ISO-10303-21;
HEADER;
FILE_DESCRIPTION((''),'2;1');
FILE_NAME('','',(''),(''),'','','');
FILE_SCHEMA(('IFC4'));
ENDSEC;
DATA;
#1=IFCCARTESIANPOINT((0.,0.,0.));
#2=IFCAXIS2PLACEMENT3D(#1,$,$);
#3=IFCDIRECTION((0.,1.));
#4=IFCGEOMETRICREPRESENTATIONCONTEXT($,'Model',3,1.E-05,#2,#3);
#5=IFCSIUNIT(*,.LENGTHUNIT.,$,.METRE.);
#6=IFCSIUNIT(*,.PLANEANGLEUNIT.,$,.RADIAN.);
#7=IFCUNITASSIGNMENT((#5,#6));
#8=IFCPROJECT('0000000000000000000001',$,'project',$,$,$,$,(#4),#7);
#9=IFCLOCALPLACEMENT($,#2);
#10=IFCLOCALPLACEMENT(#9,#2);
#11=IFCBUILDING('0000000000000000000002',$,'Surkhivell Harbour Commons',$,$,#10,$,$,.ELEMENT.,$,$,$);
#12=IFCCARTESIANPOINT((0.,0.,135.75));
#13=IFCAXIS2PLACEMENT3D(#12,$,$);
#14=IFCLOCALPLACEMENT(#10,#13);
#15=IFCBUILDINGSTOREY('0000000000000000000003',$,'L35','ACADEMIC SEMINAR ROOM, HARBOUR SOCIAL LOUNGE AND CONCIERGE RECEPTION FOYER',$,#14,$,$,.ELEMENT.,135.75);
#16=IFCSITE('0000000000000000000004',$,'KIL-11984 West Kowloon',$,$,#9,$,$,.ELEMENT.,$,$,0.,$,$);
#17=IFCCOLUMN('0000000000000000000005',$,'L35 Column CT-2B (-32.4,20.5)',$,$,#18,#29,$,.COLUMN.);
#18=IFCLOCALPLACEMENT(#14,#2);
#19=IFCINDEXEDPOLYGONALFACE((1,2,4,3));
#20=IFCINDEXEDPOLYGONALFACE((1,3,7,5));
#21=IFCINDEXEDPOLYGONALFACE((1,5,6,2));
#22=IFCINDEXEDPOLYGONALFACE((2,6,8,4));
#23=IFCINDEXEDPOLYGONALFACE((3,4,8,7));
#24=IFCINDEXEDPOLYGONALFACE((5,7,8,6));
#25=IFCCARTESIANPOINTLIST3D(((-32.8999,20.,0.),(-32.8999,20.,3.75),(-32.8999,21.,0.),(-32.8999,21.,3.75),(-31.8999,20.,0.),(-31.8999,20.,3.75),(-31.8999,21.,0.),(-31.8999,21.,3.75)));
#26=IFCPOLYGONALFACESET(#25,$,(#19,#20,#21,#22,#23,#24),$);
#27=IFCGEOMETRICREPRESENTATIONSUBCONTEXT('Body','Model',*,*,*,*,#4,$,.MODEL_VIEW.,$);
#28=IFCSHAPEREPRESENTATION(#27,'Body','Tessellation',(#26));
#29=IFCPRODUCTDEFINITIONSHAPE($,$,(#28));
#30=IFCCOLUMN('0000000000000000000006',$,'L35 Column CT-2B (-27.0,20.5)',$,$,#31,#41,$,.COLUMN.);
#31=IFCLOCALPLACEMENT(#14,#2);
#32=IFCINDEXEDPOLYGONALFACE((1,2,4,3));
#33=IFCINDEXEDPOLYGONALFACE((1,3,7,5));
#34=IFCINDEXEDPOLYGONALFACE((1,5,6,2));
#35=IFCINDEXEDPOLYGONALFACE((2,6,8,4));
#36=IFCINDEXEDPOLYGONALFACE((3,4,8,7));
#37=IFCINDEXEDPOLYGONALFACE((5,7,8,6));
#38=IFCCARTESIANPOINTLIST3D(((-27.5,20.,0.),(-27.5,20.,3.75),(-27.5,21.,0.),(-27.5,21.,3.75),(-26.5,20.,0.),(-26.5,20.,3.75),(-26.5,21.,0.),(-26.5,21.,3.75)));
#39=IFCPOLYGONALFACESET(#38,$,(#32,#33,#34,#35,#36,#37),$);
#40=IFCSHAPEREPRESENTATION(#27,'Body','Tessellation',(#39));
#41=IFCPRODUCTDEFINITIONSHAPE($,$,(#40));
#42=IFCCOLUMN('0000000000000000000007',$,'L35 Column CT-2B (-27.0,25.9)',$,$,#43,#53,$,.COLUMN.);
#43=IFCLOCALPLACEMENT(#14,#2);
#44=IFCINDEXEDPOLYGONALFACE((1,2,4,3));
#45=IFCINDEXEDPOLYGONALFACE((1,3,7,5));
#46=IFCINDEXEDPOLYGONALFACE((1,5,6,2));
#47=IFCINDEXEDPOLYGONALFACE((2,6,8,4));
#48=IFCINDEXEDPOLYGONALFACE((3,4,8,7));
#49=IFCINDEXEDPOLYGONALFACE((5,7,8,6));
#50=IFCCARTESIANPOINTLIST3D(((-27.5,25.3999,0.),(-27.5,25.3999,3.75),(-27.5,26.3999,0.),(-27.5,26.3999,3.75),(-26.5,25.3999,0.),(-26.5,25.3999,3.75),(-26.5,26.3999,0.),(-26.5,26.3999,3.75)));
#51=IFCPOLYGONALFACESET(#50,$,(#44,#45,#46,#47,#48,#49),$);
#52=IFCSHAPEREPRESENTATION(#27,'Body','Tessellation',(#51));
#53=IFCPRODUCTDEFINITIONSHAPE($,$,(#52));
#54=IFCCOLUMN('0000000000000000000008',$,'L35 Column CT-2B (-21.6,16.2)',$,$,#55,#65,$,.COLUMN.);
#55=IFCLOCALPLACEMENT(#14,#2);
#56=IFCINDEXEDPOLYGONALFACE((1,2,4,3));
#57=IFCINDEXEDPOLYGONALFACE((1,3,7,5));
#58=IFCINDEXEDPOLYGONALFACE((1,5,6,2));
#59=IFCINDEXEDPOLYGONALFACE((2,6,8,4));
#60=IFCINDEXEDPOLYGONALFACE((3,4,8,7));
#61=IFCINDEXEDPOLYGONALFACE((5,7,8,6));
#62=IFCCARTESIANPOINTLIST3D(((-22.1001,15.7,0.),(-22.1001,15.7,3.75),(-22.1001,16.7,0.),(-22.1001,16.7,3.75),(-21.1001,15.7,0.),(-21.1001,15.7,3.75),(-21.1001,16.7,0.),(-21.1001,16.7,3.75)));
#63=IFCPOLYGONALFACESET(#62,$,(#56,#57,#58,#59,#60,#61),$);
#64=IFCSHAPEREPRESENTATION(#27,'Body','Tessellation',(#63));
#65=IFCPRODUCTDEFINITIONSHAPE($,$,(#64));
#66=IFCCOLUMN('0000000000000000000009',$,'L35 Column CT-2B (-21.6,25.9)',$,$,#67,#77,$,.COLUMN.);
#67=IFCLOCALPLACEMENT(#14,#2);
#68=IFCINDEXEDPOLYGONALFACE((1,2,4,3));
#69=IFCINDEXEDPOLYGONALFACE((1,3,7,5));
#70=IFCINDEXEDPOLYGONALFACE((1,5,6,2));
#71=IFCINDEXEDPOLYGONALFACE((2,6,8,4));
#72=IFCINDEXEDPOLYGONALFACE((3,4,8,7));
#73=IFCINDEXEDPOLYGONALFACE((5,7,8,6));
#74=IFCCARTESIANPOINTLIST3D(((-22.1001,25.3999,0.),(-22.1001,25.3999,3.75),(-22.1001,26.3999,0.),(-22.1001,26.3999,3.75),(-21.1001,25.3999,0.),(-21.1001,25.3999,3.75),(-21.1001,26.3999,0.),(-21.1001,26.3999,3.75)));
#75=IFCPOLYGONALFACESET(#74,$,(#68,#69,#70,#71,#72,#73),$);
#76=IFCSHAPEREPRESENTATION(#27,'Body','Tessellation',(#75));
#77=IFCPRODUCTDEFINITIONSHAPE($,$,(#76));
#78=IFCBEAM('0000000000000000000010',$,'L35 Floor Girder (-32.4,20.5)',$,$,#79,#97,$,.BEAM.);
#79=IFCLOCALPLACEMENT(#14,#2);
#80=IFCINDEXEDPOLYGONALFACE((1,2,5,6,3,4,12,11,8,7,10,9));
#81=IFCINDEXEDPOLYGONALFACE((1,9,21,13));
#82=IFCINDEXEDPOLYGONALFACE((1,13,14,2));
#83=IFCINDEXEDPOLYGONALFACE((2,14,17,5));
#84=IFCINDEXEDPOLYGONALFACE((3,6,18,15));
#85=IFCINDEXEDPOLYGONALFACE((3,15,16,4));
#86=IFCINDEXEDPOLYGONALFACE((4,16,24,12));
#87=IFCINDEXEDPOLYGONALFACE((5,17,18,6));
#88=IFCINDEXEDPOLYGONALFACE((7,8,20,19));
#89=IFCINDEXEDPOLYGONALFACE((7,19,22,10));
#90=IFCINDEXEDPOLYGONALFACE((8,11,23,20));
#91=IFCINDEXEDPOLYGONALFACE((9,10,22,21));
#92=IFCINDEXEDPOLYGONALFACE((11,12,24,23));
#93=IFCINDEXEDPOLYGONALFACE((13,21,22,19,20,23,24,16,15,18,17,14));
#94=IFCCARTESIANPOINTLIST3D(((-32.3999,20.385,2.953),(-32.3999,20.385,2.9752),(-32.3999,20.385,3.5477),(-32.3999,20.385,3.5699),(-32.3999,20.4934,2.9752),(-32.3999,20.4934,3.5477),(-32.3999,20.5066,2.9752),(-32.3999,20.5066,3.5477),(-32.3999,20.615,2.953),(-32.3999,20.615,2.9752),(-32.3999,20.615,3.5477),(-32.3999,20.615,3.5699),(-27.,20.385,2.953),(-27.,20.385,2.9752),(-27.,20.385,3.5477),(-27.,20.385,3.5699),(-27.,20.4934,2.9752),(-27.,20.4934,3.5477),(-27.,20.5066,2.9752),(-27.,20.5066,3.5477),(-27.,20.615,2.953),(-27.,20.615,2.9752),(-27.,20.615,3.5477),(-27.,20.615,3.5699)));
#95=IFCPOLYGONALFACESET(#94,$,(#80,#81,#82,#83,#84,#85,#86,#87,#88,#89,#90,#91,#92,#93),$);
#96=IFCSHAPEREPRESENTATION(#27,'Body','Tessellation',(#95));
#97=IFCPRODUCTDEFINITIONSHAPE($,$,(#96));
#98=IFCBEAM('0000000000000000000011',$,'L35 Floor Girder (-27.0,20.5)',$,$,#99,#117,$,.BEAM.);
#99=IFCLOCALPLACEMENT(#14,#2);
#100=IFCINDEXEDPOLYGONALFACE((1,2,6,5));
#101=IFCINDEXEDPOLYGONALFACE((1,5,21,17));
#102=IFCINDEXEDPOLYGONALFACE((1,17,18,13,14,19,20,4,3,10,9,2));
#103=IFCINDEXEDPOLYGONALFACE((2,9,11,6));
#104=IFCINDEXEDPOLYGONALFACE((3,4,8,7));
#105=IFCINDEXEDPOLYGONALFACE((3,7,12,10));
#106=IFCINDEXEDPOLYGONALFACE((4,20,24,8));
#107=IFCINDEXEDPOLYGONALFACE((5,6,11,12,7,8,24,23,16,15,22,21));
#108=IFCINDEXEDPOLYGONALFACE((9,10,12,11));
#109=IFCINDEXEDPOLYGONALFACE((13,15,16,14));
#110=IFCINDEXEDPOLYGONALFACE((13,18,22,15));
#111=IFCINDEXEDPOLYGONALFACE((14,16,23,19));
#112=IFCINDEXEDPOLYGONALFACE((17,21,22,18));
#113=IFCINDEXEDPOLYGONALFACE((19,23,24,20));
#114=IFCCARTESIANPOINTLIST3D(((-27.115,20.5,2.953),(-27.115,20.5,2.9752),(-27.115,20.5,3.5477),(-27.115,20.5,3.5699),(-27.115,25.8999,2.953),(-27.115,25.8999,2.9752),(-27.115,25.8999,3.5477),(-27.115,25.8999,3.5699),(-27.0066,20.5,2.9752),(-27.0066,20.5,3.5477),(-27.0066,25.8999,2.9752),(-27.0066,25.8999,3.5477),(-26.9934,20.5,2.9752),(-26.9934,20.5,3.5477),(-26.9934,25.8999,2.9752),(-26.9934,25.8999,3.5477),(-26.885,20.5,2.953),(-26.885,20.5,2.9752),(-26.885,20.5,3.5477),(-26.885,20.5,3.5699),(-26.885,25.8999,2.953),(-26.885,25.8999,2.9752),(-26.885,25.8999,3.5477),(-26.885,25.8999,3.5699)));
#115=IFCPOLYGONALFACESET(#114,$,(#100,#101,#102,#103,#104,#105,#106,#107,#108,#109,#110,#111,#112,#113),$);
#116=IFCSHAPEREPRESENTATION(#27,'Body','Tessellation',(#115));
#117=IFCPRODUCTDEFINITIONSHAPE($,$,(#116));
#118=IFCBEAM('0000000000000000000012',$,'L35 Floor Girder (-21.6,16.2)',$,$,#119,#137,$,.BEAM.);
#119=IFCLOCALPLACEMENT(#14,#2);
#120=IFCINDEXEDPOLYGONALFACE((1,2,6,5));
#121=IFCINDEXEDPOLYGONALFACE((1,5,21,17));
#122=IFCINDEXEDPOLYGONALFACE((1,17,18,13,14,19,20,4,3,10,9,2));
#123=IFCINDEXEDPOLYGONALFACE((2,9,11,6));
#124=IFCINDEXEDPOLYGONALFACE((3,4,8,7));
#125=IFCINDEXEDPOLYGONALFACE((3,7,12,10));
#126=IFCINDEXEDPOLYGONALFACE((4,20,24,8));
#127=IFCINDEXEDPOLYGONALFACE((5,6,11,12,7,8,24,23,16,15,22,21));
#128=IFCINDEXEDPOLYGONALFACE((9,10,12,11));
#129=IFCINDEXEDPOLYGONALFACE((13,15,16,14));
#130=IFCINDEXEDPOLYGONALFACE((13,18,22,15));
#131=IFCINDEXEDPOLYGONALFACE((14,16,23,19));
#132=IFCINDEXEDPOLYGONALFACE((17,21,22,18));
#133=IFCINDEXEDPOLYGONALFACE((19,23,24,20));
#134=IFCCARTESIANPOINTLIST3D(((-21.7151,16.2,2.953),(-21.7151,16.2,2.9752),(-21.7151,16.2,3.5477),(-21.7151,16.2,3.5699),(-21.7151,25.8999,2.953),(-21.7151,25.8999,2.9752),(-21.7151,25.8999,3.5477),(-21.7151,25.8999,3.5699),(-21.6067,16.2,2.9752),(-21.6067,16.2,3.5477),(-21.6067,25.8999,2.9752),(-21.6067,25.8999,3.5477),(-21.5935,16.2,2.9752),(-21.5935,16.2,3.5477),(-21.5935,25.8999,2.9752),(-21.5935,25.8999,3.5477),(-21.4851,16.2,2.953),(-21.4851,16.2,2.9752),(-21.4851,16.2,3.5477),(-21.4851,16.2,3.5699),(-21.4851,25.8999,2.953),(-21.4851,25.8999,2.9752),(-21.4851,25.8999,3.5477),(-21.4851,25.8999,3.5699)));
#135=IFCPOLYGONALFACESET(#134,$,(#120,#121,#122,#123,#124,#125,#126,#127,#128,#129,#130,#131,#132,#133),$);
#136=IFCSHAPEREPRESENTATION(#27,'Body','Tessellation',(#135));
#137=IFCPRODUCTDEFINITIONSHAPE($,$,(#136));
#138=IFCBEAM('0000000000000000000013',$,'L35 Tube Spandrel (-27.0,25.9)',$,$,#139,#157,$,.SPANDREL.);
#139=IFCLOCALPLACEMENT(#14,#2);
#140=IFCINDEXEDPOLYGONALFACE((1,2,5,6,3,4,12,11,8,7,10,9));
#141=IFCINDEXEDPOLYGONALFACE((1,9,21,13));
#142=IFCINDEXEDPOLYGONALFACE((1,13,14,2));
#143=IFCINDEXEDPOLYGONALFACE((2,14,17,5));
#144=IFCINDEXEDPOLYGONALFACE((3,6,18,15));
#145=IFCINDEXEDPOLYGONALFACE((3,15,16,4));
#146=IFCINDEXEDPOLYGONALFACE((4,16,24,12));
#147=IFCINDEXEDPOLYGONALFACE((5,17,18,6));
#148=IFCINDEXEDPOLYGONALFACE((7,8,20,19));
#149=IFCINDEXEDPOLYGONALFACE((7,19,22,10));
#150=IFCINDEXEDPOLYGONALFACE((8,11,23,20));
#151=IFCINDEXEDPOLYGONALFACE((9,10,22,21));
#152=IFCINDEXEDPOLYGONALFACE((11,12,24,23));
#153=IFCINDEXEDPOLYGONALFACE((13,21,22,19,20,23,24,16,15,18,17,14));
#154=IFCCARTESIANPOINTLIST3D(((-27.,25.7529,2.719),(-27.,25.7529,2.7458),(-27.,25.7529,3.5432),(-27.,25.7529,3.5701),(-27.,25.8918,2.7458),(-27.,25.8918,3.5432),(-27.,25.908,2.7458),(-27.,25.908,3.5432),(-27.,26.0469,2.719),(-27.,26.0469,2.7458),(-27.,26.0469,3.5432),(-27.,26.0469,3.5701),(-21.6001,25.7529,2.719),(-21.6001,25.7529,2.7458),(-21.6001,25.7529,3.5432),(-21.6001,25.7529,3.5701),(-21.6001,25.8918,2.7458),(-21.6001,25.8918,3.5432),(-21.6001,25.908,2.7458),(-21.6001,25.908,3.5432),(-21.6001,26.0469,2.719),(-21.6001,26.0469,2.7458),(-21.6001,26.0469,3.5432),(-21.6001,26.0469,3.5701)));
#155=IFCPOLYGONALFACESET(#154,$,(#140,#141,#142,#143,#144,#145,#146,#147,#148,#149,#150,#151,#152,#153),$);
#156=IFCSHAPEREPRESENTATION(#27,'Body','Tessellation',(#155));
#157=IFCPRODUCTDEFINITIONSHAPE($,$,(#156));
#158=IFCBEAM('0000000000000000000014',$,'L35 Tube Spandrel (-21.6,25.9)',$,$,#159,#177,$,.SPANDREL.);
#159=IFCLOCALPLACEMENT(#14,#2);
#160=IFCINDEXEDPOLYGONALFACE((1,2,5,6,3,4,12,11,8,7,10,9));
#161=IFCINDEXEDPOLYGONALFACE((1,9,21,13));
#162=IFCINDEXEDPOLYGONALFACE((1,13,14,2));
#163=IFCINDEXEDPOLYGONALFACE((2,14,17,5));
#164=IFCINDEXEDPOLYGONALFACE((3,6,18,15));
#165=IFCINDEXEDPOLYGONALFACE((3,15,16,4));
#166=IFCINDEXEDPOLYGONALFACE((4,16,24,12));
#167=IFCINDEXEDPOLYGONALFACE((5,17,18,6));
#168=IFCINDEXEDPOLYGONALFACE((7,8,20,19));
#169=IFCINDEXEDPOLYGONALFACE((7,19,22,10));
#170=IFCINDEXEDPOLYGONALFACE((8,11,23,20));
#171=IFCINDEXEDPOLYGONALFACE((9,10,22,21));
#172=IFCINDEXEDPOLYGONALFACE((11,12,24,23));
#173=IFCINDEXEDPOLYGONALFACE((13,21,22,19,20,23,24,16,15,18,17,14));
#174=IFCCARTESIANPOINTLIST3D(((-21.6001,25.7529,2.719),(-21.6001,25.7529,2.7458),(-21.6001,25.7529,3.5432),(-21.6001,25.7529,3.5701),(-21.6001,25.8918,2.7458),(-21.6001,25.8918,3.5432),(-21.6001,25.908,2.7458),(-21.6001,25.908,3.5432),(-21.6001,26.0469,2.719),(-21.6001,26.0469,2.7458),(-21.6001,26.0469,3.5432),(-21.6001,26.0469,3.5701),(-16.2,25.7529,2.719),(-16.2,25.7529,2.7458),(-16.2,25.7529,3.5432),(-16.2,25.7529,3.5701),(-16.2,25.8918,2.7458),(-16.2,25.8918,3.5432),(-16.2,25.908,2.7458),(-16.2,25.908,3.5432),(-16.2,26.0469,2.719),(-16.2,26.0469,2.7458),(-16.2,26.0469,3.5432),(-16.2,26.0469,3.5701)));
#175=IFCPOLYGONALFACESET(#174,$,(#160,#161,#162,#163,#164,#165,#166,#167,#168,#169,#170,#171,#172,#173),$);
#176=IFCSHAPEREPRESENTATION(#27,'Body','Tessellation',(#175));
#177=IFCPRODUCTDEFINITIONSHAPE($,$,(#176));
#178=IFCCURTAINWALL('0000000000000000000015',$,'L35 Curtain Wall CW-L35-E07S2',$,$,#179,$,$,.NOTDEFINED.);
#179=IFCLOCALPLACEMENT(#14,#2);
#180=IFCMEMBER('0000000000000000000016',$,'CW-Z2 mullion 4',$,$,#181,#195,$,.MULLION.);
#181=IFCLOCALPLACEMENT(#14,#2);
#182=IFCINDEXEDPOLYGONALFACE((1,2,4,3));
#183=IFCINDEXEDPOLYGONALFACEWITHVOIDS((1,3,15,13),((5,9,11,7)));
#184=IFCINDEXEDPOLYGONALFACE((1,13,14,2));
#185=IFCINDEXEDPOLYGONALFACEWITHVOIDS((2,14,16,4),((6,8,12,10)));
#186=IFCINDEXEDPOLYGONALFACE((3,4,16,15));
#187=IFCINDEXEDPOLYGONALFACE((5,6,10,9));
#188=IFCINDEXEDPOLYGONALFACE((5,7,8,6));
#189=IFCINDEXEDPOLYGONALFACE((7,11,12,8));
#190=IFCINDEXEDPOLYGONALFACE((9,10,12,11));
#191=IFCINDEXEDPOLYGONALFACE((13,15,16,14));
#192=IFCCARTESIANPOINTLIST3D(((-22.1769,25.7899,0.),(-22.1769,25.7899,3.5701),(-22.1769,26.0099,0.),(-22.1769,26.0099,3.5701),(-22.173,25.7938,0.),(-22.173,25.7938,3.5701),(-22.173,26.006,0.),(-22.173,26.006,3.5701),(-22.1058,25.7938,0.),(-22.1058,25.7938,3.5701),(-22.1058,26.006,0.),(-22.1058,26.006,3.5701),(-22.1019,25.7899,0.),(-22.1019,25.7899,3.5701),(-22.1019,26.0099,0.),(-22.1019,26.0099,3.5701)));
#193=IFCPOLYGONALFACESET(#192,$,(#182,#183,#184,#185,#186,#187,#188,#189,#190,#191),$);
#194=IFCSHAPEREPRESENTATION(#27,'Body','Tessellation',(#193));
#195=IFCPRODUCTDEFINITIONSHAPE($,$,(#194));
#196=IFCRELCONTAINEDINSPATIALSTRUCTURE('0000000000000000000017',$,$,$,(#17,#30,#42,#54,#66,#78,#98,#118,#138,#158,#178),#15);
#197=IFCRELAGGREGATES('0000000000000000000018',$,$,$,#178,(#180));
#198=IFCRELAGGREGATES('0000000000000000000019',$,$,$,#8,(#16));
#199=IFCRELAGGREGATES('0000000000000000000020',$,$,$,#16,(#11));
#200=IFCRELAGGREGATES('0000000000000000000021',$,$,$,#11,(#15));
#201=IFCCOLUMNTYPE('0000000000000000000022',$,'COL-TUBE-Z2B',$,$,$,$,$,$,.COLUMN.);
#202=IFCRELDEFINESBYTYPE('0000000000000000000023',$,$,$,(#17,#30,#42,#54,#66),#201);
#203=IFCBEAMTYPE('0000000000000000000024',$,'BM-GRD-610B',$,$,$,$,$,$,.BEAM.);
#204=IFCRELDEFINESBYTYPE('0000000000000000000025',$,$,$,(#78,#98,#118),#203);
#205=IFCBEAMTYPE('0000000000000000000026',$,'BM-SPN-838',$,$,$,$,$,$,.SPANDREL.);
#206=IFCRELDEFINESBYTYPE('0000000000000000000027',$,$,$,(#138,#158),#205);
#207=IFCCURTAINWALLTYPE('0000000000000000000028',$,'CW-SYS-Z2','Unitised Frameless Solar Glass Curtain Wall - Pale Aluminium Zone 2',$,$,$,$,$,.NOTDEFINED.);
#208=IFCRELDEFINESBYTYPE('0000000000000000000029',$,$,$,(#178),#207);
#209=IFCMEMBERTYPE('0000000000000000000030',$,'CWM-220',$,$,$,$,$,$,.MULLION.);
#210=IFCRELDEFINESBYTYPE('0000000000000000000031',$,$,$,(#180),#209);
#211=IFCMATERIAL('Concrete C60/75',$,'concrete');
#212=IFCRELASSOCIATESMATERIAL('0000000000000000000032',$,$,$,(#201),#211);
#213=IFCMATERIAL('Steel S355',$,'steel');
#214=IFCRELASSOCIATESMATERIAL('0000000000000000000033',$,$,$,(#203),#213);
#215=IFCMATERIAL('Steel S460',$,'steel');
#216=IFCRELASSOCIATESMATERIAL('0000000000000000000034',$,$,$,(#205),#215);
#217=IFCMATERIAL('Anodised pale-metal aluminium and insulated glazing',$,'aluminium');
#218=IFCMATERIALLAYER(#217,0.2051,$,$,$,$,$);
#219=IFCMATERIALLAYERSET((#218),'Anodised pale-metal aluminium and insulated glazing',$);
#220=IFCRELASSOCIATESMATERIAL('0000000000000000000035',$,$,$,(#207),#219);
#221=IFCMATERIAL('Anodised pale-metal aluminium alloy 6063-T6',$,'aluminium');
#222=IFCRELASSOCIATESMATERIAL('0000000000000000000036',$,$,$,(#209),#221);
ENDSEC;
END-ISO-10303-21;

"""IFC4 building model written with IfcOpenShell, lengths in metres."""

from ifc_helpers import new_model, si_unit, direction, frame, origin, origin_2d, place, context, subcontext, project, spatial, rectangle, hollow_rectangle, i_section, extrude, material, layer, layer_set, material_profile, profile_set, type_object, element, aggregate, save


model = new_model("IFC4")

# Units and contexts
model_context = context("Model", 3, precision=1e-05, world=origin(), true_north=direction((0.0, 1.0)))
body_context = subcontext(model_context, "Body", "Model", "MODEL_VIEW")
ifc_project = project(units=[si_unit("LENGTHUNIT", "METRE"), si_unit("PLANEANGLEUNIT", "RADIAN")], contexts=[model_context])

# Site, building, storey
site_placement = place(None, origin())
site = spatial("IfcSite", under=ifc_project, at=site_placement, Name="KIL-11984 West Kowloon", CompositionType="ELEMENT", RefElevation=0.0)
building_placement = place(site_placement, origin())
building = spatial("IfcBuilding", under=site, at=building_placement, Name="Surkhivell Harbour Commons", CompositionType="ELEMENT")
storey_placement = place(building_placement, frame((0.0, 0.0, 135.75)))
storey = spatial("IfcBuildingStorey", under=building, at=storey_placement, Name="L35", Description="ACADEMIC SEMINAR ROOM, HARBOUR SOCIAL LOUNGE AND CONCIERGE RECEPTION FOYER", CompositionType="ELEMENT", Elevation=135.75)

# Columns
ifc_material_1 = material(Name="Concrete C60/75", Category="concrete")
ifc_material_profile_1 = material_profile(ifc_material_1, rectangle(XDim=1.0, YDim=1.0, at=origin_2d()), Name="RC-COL-1000x1000")
ifc_profile_set_1 = profile_set([ifc_material_profile_1], Name="Concrete C60/75")
column_type = type_object("IfcColumnType", Name="COL-TUBE-Z2B", PredefinedType="COLUMN", material=ifc_profile_set_1)
for number, where, z_axis, x_axis, name in (
    (1, (-32.3999, 20.5, 0.0), (0.0, 0.0, 1.0), (1.0, 0.0, 0.0), "L35 Column CT-2B (-32.4,20.5)"),
    (2, (-27.0, 20.5, 0.0), (0.0, 0.0, 1.0), (1.0, 0.0, 0.0), "L35 Column CT-2B (-27.0,20.5)"),
    (3, (-27.0, 25.8999, 0.0), (0.0, 0.0, 1.0), (1.0, 0.0, 0.0), "L35 Column CT-2B (-27.0,25.9)"),
    (4, (-21.6001, 16.2, 0.0), (0.0, 0.0, 1.0), (1.0, 0.0, 0.0), "L35 Column CT-2B (-21.6,16.2)"),
    (5, (-21.6001, 25.8999, 0.0), (0.0, 0.0, 1.0), (1.0, 0.0, 0.0), "L35 Column CT-2B (-21.6,25.9)"),
):
    element("IfcColumn", number, at=place(storey_placement, frame(where, z_axis=z_axis, x_axis=x_axis)), inside=storey, type_object=column_type, Name=name, PredefinedType="COLUMN", context=body_context, shape_type="SweptSolid", body=[
        extrude(rectangle(XDim=1.0, YDim=1.0, at=origin_2d()), origin(), (0.0, 0.0, 1.0), 3.75),
    ])

# Beams
ifc_material_2 = material(Name="Steel S355", Category="steel")
ifc_material_profile_2 = material_profile(ifc_material_2, i_section(OverallWidth=0.23, OverallDepth=0.6169, WebThickness=0.0132, FlangeThickness=0.0222, at=origin_2d()), Name="UB610x229x140")
ifc_profile_set_2 = profile_set([ifc_material_profile_2], Name="Steel S355")
beam_type_1 = type_object("IfcBeamType", Name="BM-GRD-610B", PredefinedType="BEAM", material=ifc_profile_set_2)
for number, where, z_axis, x_axis, name in (
    (6, (-32.3999, 20.5, 3.2615), (1.0, 0.0, 0.0), (0.0, 1.0, 0.0), "L35 Floor Girder (-32.4,20.5)"),
    (7, (-27.0, 20.5, 3.2615), (0.0, 1.0, 0.0), (-1.0, 0.0, 0.0), "L35 Floor Girder (-27.0,20.5)"),
):
    element("IfcBeam", number, at=place(storey_placement, frame(where, z_axis=z_axis, x_axis=x_axis)), inside=storey, type_object=beam_type_1, Name=name, PredefinedType="BEAM", context=body_context, shape_type="SweptSolid", body=[
        extrude(i_section(OverallWidth=0.23, OverallDepth=0.6169, WebThickness=0.0132, FlangeThickness=0.0222, at=origin_2d()), origin(), (0.0, 0.0, 1.0), 5.3999),
    ])
beam_1_placement = place(storey_placement, frame((-21.6001, 16.2, 3.2615), z_axis=(0.0, 1.0, 0.0), x_axis=(-1.0, 0.0, 0.0)))
element("IfcBeam", 8, at=beam_1_placement, inside=storey, type_object=beam_type_1, Name="L35 Floor Girder (-21.6,16.2)", PredefinedType="BEAM", context=body_context, shape_type="SweptSolid", body=[
    extrude(i_section(OverallWidth=0.23, OverallDepth=0.6169, WebThickness=0.0132, FlangeThickness=0.0222, at=origin_2d()), origin(), (0.0, 0.0, 1.0), 9.7),
])
ifc_material_3 = material(Name="Steel S460", Category="steel")
ifc_material_profile_3 = material_profile(ifc_material_3, i_section(OverallWidth=0.2939, OverallDepth=0.8511, WebThickness=0.0161, FlangeThickness=0.0269, at=origin_2d()), Name="UB838x292x226")
ifc_profile_set_3 = profile_set([ifc_material_profile_3], Name="Steel S460")
beam_type_2 = type_object("IfcBeamType", Name="BM-SPN-838", PredefinedType="SPANDREL", material=ifc_profile_set_3)
beam_2_placement = place(storey_placement, frame((-27.0, 25.8999, 3.1445), z_axis=(1.0, 0.0, 0.0), x_axis=(0.0, 1.0, 0.0)))
element("IfcBeam", 9, at=beam_2_placement, inside=storey, type_object=beam_type_2, Name="L35 Tube Spandrel (-27.0,25.9)", PredefinedType="SPANDREL", context=body_context, shape_type="SweptSolid", body=[
    extrude(i_section(OverallWidth=0.2939, OverallDepth=0.8511, WebThickness=0.0161, FlangeThickness=0.0269, at=origin_2d()), origin(), (0.0, 0.0, 1.0), 5.3999),
])
beam_3_placement = place(storey_placement, frame((-21.6001, 25.8999, 3.1445), z_axis=(1.0, 0.0, 0.0), x_axis=(0.0, 1.0, 0.0)))
element("IfcBeam", 10, at=beam_3_placement, inside=storey, type_object=beam_type_2, Name="L35 Tube Spandrel (-21.6,25.9)", PredefinedType="SPANDREL", context=body_context, shape_type="SweptSolid", body=[
    extrude(i_section(OverallWidth=0.2939, OverallDepth=0.8511, WebThickness=0.0161, FlangeThickness=0.0269, at=origin_2d()), origin(), (0.0, 0.0, 1.0), 5.4001),
])

# Curtain wall, member
ifc_material_4 = material(Name="Anodised pale-metal aluminium and insulated glazing", Category="aluminium")
ifc_layer_1 = layer(ifc_material_4, 0.2051)
ifc_layer_set_1 = layer_set([ifc_layer_1], Name="Anodised pale-metal aluminium and insulated glazing")
curtain_wall_type = type_object("IfcCurtainWallType", Name="CW-SYS-Z2", Description="Unitised Frameless Solar Glass Curtain Wall - Pale Aluminium Zone 2", PredefinedType="NOTDEFINED", material=ifc_layer_set_1)
curtain_wall_1_placement = place(storey_placement, origin())
curtain_wall_1 = element("IfcCurtainWall", 11, at=curtain_wall_1_placement, inside=storey, type_object=curtain_wall_type, Name="L35 Curtain Wall CW-L35-E07S2", PredefinedType="NOTDEFINED")
ifc_material_5 = material(Name="Anodised pale-metal aluminium alloy 6063-T6", Category="aluminium")
ifc_material_profile_4 = material_profile(ifc_material_5, hollow_rectangle(XDim=0.075, YDim=0.22, WallThickness=0.0039, at=origin_2d()), Name="ALU-MULL-75x220")
ifc_profile_set_4 = profile_set([ifc_material_profile_4], Name="Anodised pale-metal aluminium alloy 6063-T6")
member_type_1 = type_object("IfcMemberType", Name="CWM-220", PredefinedType="MULLION", material=ifc_profile_set_4)
member_1_placement = place(storey_placement, frame((-22.1394, 25.8999, 0.0), z_axis=(0.0, 0.0, 1.0), x_axis=(-1.0, 0.0, 0.0)))
member_1 = element("IfcMember", 12, at=member_1_placement, type_object=member_type_1, Name="CW-Z2 mullion 4", PredefinedType="MULLION", context=body_context, shape_type="SweptSolid", body=[
    extrude(hollow_rectangle(XDim=0.075, YDim=0.22, WallThickness=0.0039, at=origin_2d()), origin(), (0.0, 0.0, 1.0), 3.5701),
])

aggregate(curtain_wall_1, [member_1])

save(model, "model.ifc")
